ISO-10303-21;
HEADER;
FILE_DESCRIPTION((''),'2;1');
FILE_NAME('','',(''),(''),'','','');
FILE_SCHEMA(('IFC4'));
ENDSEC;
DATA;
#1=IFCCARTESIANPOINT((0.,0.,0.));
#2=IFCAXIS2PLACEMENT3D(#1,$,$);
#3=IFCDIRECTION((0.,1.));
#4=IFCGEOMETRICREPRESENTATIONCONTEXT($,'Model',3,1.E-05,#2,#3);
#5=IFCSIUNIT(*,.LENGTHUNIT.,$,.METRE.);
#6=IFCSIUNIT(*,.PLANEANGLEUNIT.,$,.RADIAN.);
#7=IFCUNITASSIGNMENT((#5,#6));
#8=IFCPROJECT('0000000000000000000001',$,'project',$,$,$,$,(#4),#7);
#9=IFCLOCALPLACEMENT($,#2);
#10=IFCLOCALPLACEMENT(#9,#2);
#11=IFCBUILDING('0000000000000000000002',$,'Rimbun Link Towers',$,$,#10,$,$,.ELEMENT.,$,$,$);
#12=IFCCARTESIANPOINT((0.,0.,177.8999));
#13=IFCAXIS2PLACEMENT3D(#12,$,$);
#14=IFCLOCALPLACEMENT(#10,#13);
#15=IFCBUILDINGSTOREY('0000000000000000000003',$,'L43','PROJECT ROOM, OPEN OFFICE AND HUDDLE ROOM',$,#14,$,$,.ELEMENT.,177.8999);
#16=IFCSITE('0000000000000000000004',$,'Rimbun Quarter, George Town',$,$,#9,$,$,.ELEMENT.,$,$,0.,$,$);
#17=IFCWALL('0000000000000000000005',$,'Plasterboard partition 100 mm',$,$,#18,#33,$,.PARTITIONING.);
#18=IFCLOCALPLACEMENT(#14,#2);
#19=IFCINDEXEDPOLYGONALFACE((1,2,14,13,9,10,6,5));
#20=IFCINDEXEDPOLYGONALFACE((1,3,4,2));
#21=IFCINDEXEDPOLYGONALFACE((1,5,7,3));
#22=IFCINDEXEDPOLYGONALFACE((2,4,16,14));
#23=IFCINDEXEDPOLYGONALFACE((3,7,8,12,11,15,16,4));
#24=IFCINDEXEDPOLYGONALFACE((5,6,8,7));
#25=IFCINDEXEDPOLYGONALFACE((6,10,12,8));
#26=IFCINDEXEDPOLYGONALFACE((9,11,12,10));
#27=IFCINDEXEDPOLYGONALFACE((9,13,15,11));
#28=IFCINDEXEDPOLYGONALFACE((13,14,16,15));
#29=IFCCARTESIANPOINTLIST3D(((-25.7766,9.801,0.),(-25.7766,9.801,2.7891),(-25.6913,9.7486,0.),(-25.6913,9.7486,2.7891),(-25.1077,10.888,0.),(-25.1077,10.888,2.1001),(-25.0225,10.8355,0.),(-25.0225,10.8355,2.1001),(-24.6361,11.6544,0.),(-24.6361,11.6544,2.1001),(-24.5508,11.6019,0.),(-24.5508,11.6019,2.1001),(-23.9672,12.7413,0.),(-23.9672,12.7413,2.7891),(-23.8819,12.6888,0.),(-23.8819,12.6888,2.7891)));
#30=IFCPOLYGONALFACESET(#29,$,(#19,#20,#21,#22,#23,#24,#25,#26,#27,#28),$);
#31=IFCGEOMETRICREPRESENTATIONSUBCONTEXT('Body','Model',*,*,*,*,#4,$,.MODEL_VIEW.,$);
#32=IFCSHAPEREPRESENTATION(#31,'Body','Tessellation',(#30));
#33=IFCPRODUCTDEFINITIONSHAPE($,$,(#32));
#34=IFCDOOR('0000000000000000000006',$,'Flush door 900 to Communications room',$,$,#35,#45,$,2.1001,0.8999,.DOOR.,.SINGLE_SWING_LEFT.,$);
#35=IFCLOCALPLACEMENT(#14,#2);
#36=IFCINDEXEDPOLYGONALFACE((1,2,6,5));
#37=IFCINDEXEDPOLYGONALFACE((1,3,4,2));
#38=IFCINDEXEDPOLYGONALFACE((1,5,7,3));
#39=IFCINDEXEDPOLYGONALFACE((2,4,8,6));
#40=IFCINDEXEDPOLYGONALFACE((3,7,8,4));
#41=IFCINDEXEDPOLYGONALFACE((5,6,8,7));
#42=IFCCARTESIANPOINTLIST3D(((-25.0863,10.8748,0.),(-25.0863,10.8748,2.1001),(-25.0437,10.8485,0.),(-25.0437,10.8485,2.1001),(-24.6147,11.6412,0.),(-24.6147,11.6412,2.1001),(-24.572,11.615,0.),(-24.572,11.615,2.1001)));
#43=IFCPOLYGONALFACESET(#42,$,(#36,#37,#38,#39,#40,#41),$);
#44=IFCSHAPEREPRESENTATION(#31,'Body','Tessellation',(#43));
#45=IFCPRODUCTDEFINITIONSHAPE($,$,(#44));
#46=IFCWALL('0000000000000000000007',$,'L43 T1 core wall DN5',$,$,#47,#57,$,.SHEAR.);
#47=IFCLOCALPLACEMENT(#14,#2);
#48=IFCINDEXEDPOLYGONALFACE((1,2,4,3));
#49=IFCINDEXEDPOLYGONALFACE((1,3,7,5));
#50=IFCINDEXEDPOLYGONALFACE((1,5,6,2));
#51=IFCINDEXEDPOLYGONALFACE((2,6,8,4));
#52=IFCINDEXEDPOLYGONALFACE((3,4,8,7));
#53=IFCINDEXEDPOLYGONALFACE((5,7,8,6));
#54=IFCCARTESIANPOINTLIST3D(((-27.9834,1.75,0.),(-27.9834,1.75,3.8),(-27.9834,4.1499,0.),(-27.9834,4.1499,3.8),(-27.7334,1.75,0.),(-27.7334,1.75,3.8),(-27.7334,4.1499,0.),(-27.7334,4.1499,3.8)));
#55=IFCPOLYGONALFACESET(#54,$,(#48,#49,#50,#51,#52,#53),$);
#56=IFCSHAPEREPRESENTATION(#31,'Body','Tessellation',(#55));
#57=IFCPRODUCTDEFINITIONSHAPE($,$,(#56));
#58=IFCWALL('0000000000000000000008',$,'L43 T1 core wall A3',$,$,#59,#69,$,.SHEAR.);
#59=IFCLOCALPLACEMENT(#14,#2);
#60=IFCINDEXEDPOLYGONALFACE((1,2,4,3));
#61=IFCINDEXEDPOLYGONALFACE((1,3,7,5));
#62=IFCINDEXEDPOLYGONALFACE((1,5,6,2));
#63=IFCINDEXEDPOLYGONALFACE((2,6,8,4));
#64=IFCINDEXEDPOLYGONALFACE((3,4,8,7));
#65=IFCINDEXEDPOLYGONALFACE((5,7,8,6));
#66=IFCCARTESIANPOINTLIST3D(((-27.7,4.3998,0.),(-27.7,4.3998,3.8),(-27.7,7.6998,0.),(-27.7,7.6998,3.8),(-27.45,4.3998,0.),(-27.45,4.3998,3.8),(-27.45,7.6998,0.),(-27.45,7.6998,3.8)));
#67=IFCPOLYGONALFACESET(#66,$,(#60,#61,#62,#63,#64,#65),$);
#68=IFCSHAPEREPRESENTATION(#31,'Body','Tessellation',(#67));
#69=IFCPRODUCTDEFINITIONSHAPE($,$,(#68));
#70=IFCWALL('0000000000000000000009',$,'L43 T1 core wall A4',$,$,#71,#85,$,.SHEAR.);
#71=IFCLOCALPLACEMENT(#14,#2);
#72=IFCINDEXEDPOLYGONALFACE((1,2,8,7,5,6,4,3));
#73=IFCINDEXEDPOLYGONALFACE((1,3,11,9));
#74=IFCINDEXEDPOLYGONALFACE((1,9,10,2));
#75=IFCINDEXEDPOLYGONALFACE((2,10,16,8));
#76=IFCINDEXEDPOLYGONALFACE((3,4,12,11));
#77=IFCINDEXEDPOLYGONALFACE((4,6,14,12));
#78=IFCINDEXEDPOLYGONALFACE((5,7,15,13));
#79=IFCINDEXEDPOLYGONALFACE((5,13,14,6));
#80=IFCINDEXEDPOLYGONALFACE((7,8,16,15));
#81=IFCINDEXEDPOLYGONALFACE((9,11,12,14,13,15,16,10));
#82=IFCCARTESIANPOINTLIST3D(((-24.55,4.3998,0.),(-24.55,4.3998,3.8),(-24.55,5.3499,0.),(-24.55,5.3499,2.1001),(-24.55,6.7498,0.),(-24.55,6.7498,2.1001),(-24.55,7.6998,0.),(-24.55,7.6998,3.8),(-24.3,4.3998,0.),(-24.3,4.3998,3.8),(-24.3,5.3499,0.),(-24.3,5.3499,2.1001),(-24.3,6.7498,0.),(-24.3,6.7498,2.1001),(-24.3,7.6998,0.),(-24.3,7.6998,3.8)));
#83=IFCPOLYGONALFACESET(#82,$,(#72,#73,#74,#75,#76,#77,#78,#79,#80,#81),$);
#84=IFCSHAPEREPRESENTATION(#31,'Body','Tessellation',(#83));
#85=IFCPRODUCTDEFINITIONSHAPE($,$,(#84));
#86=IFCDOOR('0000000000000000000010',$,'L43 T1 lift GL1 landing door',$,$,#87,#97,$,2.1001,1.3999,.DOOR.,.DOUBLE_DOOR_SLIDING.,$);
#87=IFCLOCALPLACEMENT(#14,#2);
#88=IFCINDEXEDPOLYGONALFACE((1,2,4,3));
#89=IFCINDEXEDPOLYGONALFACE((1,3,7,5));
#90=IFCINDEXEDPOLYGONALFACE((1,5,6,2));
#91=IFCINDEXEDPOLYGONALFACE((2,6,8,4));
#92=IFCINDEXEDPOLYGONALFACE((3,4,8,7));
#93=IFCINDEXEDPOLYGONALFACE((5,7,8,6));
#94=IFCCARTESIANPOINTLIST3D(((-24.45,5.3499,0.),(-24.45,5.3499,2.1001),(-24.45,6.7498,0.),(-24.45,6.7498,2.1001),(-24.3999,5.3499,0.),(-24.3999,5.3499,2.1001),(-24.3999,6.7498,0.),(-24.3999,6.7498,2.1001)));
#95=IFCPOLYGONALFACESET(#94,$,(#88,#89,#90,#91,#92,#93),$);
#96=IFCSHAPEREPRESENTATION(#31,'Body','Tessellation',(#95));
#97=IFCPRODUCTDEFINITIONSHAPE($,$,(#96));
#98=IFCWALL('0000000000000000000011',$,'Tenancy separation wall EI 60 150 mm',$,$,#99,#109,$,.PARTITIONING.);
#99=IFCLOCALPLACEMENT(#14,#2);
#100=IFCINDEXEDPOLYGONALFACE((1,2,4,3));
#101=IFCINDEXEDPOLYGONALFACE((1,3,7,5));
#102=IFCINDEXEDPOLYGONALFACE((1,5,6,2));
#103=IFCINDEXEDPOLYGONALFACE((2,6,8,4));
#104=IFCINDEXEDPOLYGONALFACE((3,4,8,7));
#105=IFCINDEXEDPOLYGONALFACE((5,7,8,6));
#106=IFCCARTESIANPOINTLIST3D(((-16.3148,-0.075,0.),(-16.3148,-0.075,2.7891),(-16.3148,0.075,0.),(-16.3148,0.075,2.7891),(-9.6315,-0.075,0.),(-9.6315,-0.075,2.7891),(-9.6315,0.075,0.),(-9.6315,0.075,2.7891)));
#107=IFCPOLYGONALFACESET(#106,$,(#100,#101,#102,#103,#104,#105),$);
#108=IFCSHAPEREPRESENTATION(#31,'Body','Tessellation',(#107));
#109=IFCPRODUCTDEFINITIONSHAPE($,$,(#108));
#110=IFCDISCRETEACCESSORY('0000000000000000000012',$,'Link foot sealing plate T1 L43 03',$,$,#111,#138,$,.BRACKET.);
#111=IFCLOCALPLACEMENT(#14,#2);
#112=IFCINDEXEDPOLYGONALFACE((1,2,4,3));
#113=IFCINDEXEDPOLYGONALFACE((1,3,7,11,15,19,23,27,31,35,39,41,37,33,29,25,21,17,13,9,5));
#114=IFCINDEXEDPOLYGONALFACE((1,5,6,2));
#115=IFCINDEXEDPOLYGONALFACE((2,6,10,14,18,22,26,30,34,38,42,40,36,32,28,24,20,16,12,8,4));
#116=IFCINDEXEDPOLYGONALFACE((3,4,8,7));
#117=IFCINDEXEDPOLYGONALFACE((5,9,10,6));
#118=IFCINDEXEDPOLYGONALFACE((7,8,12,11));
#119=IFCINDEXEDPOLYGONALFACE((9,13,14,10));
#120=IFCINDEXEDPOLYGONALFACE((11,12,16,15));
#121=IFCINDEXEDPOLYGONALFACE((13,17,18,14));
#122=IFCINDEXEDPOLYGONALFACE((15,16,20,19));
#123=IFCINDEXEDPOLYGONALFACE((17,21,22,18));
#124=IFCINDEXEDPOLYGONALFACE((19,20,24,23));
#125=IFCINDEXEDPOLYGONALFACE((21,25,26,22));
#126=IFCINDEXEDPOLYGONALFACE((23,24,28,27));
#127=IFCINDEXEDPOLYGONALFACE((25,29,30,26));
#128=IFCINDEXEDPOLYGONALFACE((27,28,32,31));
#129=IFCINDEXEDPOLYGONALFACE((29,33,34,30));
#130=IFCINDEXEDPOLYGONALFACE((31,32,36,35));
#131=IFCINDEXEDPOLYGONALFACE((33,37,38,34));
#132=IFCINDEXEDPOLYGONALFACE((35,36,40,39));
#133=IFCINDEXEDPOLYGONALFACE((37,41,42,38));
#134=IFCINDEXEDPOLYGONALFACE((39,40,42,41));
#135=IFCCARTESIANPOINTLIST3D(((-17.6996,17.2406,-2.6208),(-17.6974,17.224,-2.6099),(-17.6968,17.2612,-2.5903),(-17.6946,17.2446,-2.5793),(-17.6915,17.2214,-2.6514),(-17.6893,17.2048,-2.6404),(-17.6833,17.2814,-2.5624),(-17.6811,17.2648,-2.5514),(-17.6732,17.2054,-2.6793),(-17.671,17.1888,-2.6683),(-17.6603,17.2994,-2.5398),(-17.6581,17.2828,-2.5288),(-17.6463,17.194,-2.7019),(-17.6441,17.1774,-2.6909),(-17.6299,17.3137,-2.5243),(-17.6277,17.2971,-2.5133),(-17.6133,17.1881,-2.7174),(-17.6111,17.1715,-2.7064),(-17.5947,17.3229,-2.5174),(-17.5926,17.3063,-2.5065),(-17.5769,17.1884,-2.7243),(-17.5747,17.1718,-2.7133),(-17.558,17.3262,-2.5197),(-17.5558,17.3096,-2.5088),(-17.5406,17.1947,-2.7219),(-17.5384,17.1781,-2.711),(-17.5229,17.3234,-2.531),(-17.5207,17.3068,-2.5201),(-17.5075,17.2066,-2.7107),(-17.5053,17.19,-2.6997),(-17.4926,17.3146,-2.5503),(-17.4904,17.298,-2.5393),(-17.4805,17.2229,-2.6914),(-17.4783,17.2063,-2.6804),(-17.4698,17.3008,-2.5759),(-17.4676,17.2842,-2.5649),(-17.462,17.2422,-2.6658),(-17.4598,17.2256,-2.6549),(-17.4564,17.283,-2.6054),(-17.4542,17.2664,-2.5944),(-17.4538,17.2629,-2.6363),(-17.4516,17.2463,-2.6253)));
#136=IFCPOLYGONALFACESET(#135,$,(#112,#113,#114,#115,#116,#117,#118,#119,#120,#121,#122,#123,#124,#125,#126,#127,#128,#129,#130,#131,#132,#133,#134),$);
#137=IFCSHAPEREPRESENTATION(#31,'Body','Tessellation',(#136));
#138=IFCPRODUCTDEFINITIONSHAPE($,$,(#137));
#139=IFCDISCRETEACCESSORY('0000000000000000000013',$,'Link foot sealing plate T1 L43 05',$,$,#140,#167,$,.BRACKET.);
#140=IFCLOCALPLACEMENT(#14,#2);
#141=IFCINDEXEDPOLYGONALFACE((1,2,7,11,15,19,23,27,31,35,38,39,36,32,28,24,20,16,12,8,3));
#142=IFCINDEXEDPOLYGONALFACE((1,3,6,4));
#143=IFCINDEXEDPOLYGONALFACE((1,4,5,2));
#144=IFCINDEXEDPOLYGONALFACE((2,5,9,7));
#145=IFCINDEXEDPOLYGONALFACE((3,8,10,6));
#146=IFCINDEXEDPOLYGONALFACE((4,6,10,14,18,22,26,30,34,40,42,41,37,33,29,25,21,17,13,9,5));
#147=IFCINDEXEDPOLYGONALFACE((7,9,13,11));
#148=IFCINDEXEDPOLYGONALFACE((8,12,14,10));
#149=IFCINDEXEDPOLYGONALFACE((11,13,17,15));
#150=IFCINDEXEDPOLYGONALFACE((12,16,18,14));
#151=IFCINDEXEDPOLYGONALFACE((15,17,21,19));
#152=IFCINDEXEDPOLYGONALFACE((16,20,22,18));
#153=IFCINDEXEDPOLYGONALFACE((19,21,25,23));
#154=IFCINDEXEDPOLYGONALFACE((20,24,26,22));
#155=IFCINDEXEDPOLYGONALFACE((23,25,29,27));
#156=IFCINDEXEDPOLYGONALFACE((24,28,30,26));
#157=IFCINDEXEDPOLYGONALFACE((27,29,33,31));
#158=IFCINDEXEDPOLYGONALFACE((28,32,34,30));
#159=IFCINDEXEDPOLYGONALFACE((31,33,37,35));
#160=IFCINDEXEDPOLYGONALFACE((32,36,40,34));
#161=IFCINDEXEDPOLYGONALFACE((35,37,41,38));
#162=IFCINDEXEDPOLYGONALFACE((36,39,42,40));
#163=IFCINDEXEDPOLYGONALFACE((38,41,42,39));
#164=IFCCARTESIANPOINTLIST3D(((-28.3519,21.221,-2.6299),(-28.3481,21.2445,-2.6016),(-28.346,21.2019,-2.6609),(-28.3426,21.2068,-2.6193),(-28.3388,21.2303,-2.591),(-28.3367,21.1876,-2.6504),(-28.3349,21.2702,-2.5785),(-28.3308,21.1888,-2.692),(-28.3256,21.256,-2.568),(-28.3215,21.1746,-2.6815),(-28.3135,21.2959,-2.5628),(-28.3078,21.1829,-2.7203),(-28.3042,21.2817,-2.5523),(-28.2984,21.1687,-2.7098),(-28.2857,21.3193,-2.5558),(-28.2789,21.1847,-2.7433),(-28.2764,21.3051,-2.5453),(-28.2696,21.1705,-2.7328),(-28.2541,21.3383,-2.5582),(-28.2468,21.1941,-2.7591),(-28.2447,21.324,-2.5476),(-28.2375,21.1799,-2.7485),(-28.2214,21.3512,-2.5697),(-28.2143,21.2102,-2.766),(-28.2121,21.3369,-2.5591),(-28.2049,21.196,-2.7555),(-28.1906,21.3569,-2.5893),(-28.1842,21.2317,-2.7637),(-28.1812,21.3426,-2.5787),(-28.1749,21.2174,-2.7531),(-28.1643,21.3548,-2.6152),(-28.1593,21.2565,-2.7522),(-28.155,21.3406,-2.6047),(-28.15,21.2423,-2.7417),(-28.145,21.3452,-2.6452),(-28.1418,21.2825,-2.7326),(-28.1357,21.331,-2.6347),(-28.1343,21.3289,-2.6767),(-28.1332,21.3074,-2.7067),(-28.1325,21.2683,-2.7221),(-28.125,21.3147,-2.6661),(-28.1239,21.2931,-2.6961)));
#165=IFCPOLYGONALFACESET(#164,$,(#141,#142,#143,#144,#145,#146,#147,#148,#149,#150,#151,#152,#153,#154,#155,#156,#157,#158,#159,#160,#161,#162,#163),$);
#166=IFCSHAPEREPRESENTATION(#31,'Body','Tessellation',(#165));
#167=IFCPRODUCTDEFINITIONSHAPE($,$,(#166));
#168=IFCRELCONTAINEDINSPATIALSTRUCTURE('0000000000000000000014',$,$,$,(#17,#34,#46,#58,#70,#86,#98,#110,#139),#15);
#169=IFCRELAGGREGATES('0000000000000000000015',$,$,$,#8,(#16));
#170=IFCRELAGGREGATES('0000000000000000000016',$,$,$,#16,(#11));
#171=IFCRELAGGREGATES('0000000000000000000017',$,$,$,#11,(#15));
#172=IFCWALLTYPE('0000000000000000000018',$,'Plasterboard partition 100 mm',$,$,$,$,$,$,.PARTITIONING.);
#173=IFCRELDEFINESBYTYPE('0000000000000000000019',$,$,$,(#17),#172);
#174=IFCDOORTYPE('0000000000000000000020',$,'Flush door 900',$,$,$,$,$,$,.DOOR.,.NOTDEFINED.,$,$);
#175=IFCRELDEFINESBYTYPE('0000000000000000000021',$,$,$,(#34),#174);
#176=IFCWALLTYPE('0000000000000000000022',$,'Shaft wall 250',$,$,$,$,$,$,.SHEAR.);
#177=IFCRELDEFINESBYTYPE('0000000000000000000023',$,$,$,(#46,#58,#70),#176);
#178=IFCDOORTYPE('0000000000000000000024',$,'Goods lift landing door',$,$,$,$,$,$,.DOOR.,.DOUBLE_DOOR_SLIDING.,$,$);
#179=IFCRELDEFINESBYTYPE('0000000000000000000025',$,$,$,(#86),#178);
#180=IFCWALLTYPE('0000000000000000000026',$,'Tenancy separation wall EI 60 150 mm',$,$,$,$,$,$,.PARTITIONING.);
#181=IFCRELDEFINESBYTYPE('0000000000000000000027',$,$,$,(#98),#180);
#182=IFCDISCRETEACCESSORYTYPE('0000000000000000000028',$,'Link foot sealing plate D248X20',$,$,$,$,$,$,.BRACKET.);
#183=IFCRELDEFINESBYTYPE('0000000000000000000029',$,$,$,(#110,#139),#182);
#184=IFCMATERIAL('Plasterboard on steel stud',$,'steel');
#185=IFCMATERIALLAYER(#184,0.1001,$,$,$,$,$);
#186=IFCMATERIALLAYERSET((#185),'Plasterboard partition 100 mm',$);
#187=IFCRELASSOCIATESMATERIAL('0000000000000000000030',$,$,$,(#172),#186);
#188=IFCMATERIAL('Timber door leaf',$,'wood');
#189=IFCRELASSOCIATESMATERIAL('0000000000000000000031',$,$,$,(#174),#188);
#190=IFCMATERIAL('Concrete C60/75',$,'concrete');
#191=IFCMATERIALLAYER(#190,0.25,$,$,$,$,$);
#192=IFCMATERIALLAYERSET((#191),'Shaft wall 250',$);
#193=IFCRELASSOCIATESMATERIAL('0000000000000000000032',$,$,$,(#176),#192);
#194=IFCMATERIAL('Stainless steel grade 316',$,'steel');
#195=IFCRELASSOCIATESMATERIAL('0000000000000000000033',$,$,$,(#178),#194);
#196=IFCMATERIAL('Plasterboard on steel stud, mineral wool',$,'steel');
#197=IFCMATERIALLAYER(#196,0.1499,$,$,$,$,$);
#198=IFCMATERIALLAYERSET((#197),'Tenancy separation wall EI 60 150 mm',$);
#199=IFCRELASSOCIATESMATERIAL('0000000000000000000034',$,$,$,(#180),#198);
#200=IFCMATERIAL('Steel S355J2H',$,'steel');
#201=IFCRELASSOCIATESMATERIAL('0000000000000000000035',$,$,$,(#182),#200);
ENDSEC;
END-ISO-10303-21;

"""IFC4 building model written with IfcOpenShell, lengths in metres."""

from ifc_helpers import new_model, si_unit, direction, frame, frame_2d, origin, origin_2d, place, context, subcontext, project, spatial, rectangle, circle, extrude, material, layer, layer_set, material_profile, profile_set, type_object, element, fill, save


model = new_model("IFC4")

# Units and contexts
model_context = context("Model", 3, precision=1e-05, world=origin(), true_north=direction((0.0, 1.0)))
body_context = subcontext(model_context, "Body", "Model", "MODEL_VIEW")
ifc_project = project(units=[si_unit("LENGTHUNIT", "METRE"), si_unit("PLANEANGLEUNIT", "RADIAN")], contexts=[model_context])

# Site, building, storey
site_placement = place(None, origin())
site = spatial("IfcSite", under=ifc_project, at=site_placement, Name="Rimbun Quarter, George Town", CompositionType="ELEMENT", RefElevation=0.0)
building_placement = place(site_placement, origin())
building = spatial("IfcBuilding", under=site, at=building_placement, Name="Rimbun Link Towers", CompositionType="ELEMENT")
storey_placement = place(building_placement, frame((0.0, 0.0, 177.8999)))
storey = spatial("IfcBuildingStorey", under=building, at=storey_placement, Name="L43", Description="PROJECT ROOM, OPEN OFFICE AND HUDDLE ROOM", CompositionType="ELEMENT", Elevation=177.8999)

# Wall, opening, door
ifc_material_1 = material(Name="Plasterboard on steel stud", Category="steel")
ifc_layer_1 = layer(ifc_material_1, 0.1001)
ifc_layer_set_1 = layer_set([ifc_layer_1], Name="Plasterboard partition 100 mm")
wall_type_1 = type_object("IfcWallType", Name="Plasterboard partition 100 mm", PredefinedType="PARTITIONING", material=ifc_layer_set_1)
ifc_material_2 = material(Name="Timber door leaf", Category="wood")
door_type_1 = type_object("IfcDoorType", Name="Flush door 900", OperationType="NOTDEFINED", PredefinedType="DOOR", material=ifc_material_2)
wall_1_placement = place(storey_placement, frame((-25.7339, 9.7749, 0.0), z_axis=(0.0, 0.0, 1.0), x_axis=(0.524093, 0.851661, 0.0)))
wall_1 = element("IfcWall", 1, at=wall_1_placement, inside=storey, type_object=wall_type_1, Name="Plasterboard partition 100 mm", PredefinedType="PARTITIONING", context=body_context, shape_type="SweptSolid", body=[
    extrude(rectangle(XDim=3.4524, YDim=0.1001, at=frame_2d((1.7261, 0.0))), origin(), (0.0, 0.0, 1.0), 2.7891),
])
opening_1_placement = place(wall_1_placement, frame((1.2761, 0.0, 0.0)))
opening_1 = element("IfcOpeningElement", 2, at=opening_1_placement, cuts=wall_1, PredefinedType="OPENING", context=body_context, shape_type="SweptSolid", body=[
    extrude(rectangle(XDim=0.8999, YDim=2.1001, at=frame_2d((0.45, 1.05))), frame((0.0, 0.0601, 0.0), z_axis=(0.0, -1.0, 0.0), x_axis=(1.0, 0.0, 0.0)), (0.0, 0.0, 1.0), 0.1201),
])
door_1_placement = place(opening_1_placement, origin())
door_1 = element("IfcDoor", 3, at=door_1_placement, inside=storey, type_object=door_type_1, Name="Flush door 900 to Communications room", OperationType="SINGLE_SWING_LEFT", OverallHeight=2.1001, OverallWidth=0.8999, PredefinedType="DOOR", context=body_context, shape_type="SweptSolid", body=[
    extrude(rectangle(XDim=0.8999, YDim=2.1001, at=frame_2d((0.45, 1.05))), frame((0.0, 0.0249, 0.0), z_axis=(0.0, -1.0, 0.0), x_axis=(1.0, 0.0, 0.0)), (0.0, 0.0, 1.0), 0.05),
])
fill(opening_1, door_1)

# Walls
ifc_material_3 = material(Name="Concrete C60/75", Category="concrete")
ifc_layer_2 = layer(ifc_material_3, 0.25)
ifc_layer_set_2 = layer_set([ifc_layer_2], Name="Shaft wall 250")
wall_type_2 = type_object("IfcWallType", Name="Shaft wall 250", PredefinedType="SHEAR", material=ifc_layer_set_2)
wall_2_placement = place(storey_placement, frame((-27.8584, 1.75, 0.0), z_axis=(0.0, 0.0, 1.0), x_axis=(0.0, 1.0, 0.0)))
element("IfcWall", 4, at=wall_2_placement, inside=storey, type_object=wall_type_2, Name="L43 T1 core wall DN5", PredefinedType="SHEAR", context=body_context, shape_type="SweptSolid", body=[
    extrude(rectangle(XDim=2.3999, YDim=0.25, at=frame_2d((1.2, 0.0))), origin(), (0.0, 0.0, 1.0), 3.8),
])
wall_3_placement = place(storey_placement, frame((-27.575, 4.3999, 0.0), z_axis=(0.0, 0.0, 1.0), x_axis=(0.0, 1.0, 0.0)))
element("IfcWall", 5, at=wall_3_placement, inside=storey, type_object=wall_type_2, Name="L43 T1 core wall A3", PredefinedType="SHEAR", context=body_context, shape_type="SweptSolid", body=[
    extrude(rectangle(XDim=3.3, YDim=0.25, at=frame_2d((1.6499, 0.0))), origin(), (0.0, 0.0, 1.0), 3.8),
])

# Wall, opening, door
wall_4_placement = place(storey_placement, frame((-24.425, 4.3999, 0.0), z_axis=(0.0, 0.0, 1.0), x_axis=(0.0, 1.0, 0.0)))
wall_4 = element("IfcWall", 6, at=wall_4_placement, inside=storey, type_object=wall_type_2, Name="L43 T1 core wall A4", PredefinedType="SHEAR", context=body_context, shape_type="SweptSolid", body=[
    extrude(rectangle(XDim=3.3, YDim=0.25, at=frame_2d((1.6499, 0.0))), origin(), (0.0, 0.0, 1.0), 3.8),
])
opening_2_placement = place(wall_4_placement, frame((0.95, 0.0, 0.0)))
opening_2 = element("IfcOpeningElement", 7, at=opening_2_placement, cuts=wall_4, PredefinedType="OPENING", context=body_context, shape_type="SweptSolid", body=[
    extrude(rectangle(XDim=1.3999, YDim=2.1001, at=frame_2d((0.7, 1.05))), frame((0.0, 0.135, 0.0), z_axis=(0.0, -1.0, 0.0), x_axis=(1.0, 0.0, 0.0)), (0.0, 0.0, 1.0), 0.27),
])
ifc_material_4 = material(Name="Stainless steel grade 316", Category="steel")
door_type_2 = type_object("IfcDoorType", Name="Goods lift landing door", OperationType="DOUBLE_DOOR_SLIDING", PredefinedType="DOOR", material=ifc_material_4)
door_2_placement = place(opening_2_placement, origin())
door_2 = element("IfcDoor", 8, at=door_2_placement, inside=storey, type_object=door_type_2, Name="L43 T1 lift GL1 landing door", OperationType="DOUBLE_DOOR_SLIDING", OverallHeight=2.1001, OverallWidth=1.3999, PredefinedType="DOOR", context=body_context, shape_type="SweptSolid", body=[
    extrude(rectangle(XDim=1.3999, YDim=2.1001, at=frame_2d((0.7, 1.05))), frame((0.0, 0.0249, 0.0), z_axis=(0.0, -1.0, 0.0), x_axis=(1.0, 0.0, 0.0)), (0.0, 0.0, 1.0), 0.05),
])
fill(opening_2, door_2)

# Wall
ifc_material_5 = material(Name="Plasterboard on steel stud, mineral wool", Category="steel")
ifc_layer_3 = layer(ifc_material_5, 0.1499)
ifc_layer_set_3 = layer_set([ifc_layer_3], Name="Tenancy separation wall EI 60 150 mm")
wall_type_3 = type_object("IfcWallType", Name="Tenancy separation wall EI 60 150 mm", PredefinedType="PARTITIONING", material=ifc_layer_set_3)
wall_5_placement = place(storey_placement, frame((-16.3149, 0.0, 0.0), z_axis=(0.0, 0.0, 1.0), x_axis=(1.0, 0.0, 0.0)))
element("IfcWall", 9, at=wall_5_placement, inside=storey, type_object=wall_type_3, Name="Tenancy separation wall EI 60 150 mm", PredefinedType="PARTITIONING", context=body_context, shape_type="SweptSolid", body=[
    extrude(rectangle(XDim=6.6833, YDim=0.1499, at=frame_2d((3.3418, 0.0))), origin(), (0.0, 0.0, 1.0), 2.7891),
])

# Discrete accessories
ifc_material_6 = material(Name="Steel S355J2H", Category="steel")
ifc_material_profile_1 = material_profile(ifc_material_6, circle(Radius=0.124, at=origin_2d()), Name="PL D248")
ifc_profile_set_1 = profile_set([ifc_material_profile_1], Name="Steel S355J2H")
discrete_accessory_type = type_object("IfcDiscreteAccessoryType", Name="Link foot sealing plate D248X20", PredefinedType="BRACKET", material=ifc_profile_set_1)
for number, where, z_axis, x_axis, name in (
    (10, (-17.5745, 17.2402, -2.6099), (-0.109707, 0.828899, -0.548536), (-0.991355, -0.131209, 0.0), "Link foot sealing plate T1 L43 03"),
    (11, (-28.2329, 21.2556, -2.6504), (-0.465741, 0.710868, -0.527023), (-0.836461, -0.548026, 0.0), "Link foot sealing plate T1 L43 05"),
):
    element("IfcDiscreteAccessory", number, at=place(storey_placement, frame(where, z_axis=z_axis, x_axis=x_axis)), inside=storey, type_object=discrete_accessory_type, Name=name, PredefinedType="BRACKET", context=body_context, shape_type="SweptSolid", body=[
        extrude(circle(Radius=0.124, at=origin_2d()), origin(), (0.0, 0.0, 1.0), 0.02),
    ])

save(model, "model.ifc")
